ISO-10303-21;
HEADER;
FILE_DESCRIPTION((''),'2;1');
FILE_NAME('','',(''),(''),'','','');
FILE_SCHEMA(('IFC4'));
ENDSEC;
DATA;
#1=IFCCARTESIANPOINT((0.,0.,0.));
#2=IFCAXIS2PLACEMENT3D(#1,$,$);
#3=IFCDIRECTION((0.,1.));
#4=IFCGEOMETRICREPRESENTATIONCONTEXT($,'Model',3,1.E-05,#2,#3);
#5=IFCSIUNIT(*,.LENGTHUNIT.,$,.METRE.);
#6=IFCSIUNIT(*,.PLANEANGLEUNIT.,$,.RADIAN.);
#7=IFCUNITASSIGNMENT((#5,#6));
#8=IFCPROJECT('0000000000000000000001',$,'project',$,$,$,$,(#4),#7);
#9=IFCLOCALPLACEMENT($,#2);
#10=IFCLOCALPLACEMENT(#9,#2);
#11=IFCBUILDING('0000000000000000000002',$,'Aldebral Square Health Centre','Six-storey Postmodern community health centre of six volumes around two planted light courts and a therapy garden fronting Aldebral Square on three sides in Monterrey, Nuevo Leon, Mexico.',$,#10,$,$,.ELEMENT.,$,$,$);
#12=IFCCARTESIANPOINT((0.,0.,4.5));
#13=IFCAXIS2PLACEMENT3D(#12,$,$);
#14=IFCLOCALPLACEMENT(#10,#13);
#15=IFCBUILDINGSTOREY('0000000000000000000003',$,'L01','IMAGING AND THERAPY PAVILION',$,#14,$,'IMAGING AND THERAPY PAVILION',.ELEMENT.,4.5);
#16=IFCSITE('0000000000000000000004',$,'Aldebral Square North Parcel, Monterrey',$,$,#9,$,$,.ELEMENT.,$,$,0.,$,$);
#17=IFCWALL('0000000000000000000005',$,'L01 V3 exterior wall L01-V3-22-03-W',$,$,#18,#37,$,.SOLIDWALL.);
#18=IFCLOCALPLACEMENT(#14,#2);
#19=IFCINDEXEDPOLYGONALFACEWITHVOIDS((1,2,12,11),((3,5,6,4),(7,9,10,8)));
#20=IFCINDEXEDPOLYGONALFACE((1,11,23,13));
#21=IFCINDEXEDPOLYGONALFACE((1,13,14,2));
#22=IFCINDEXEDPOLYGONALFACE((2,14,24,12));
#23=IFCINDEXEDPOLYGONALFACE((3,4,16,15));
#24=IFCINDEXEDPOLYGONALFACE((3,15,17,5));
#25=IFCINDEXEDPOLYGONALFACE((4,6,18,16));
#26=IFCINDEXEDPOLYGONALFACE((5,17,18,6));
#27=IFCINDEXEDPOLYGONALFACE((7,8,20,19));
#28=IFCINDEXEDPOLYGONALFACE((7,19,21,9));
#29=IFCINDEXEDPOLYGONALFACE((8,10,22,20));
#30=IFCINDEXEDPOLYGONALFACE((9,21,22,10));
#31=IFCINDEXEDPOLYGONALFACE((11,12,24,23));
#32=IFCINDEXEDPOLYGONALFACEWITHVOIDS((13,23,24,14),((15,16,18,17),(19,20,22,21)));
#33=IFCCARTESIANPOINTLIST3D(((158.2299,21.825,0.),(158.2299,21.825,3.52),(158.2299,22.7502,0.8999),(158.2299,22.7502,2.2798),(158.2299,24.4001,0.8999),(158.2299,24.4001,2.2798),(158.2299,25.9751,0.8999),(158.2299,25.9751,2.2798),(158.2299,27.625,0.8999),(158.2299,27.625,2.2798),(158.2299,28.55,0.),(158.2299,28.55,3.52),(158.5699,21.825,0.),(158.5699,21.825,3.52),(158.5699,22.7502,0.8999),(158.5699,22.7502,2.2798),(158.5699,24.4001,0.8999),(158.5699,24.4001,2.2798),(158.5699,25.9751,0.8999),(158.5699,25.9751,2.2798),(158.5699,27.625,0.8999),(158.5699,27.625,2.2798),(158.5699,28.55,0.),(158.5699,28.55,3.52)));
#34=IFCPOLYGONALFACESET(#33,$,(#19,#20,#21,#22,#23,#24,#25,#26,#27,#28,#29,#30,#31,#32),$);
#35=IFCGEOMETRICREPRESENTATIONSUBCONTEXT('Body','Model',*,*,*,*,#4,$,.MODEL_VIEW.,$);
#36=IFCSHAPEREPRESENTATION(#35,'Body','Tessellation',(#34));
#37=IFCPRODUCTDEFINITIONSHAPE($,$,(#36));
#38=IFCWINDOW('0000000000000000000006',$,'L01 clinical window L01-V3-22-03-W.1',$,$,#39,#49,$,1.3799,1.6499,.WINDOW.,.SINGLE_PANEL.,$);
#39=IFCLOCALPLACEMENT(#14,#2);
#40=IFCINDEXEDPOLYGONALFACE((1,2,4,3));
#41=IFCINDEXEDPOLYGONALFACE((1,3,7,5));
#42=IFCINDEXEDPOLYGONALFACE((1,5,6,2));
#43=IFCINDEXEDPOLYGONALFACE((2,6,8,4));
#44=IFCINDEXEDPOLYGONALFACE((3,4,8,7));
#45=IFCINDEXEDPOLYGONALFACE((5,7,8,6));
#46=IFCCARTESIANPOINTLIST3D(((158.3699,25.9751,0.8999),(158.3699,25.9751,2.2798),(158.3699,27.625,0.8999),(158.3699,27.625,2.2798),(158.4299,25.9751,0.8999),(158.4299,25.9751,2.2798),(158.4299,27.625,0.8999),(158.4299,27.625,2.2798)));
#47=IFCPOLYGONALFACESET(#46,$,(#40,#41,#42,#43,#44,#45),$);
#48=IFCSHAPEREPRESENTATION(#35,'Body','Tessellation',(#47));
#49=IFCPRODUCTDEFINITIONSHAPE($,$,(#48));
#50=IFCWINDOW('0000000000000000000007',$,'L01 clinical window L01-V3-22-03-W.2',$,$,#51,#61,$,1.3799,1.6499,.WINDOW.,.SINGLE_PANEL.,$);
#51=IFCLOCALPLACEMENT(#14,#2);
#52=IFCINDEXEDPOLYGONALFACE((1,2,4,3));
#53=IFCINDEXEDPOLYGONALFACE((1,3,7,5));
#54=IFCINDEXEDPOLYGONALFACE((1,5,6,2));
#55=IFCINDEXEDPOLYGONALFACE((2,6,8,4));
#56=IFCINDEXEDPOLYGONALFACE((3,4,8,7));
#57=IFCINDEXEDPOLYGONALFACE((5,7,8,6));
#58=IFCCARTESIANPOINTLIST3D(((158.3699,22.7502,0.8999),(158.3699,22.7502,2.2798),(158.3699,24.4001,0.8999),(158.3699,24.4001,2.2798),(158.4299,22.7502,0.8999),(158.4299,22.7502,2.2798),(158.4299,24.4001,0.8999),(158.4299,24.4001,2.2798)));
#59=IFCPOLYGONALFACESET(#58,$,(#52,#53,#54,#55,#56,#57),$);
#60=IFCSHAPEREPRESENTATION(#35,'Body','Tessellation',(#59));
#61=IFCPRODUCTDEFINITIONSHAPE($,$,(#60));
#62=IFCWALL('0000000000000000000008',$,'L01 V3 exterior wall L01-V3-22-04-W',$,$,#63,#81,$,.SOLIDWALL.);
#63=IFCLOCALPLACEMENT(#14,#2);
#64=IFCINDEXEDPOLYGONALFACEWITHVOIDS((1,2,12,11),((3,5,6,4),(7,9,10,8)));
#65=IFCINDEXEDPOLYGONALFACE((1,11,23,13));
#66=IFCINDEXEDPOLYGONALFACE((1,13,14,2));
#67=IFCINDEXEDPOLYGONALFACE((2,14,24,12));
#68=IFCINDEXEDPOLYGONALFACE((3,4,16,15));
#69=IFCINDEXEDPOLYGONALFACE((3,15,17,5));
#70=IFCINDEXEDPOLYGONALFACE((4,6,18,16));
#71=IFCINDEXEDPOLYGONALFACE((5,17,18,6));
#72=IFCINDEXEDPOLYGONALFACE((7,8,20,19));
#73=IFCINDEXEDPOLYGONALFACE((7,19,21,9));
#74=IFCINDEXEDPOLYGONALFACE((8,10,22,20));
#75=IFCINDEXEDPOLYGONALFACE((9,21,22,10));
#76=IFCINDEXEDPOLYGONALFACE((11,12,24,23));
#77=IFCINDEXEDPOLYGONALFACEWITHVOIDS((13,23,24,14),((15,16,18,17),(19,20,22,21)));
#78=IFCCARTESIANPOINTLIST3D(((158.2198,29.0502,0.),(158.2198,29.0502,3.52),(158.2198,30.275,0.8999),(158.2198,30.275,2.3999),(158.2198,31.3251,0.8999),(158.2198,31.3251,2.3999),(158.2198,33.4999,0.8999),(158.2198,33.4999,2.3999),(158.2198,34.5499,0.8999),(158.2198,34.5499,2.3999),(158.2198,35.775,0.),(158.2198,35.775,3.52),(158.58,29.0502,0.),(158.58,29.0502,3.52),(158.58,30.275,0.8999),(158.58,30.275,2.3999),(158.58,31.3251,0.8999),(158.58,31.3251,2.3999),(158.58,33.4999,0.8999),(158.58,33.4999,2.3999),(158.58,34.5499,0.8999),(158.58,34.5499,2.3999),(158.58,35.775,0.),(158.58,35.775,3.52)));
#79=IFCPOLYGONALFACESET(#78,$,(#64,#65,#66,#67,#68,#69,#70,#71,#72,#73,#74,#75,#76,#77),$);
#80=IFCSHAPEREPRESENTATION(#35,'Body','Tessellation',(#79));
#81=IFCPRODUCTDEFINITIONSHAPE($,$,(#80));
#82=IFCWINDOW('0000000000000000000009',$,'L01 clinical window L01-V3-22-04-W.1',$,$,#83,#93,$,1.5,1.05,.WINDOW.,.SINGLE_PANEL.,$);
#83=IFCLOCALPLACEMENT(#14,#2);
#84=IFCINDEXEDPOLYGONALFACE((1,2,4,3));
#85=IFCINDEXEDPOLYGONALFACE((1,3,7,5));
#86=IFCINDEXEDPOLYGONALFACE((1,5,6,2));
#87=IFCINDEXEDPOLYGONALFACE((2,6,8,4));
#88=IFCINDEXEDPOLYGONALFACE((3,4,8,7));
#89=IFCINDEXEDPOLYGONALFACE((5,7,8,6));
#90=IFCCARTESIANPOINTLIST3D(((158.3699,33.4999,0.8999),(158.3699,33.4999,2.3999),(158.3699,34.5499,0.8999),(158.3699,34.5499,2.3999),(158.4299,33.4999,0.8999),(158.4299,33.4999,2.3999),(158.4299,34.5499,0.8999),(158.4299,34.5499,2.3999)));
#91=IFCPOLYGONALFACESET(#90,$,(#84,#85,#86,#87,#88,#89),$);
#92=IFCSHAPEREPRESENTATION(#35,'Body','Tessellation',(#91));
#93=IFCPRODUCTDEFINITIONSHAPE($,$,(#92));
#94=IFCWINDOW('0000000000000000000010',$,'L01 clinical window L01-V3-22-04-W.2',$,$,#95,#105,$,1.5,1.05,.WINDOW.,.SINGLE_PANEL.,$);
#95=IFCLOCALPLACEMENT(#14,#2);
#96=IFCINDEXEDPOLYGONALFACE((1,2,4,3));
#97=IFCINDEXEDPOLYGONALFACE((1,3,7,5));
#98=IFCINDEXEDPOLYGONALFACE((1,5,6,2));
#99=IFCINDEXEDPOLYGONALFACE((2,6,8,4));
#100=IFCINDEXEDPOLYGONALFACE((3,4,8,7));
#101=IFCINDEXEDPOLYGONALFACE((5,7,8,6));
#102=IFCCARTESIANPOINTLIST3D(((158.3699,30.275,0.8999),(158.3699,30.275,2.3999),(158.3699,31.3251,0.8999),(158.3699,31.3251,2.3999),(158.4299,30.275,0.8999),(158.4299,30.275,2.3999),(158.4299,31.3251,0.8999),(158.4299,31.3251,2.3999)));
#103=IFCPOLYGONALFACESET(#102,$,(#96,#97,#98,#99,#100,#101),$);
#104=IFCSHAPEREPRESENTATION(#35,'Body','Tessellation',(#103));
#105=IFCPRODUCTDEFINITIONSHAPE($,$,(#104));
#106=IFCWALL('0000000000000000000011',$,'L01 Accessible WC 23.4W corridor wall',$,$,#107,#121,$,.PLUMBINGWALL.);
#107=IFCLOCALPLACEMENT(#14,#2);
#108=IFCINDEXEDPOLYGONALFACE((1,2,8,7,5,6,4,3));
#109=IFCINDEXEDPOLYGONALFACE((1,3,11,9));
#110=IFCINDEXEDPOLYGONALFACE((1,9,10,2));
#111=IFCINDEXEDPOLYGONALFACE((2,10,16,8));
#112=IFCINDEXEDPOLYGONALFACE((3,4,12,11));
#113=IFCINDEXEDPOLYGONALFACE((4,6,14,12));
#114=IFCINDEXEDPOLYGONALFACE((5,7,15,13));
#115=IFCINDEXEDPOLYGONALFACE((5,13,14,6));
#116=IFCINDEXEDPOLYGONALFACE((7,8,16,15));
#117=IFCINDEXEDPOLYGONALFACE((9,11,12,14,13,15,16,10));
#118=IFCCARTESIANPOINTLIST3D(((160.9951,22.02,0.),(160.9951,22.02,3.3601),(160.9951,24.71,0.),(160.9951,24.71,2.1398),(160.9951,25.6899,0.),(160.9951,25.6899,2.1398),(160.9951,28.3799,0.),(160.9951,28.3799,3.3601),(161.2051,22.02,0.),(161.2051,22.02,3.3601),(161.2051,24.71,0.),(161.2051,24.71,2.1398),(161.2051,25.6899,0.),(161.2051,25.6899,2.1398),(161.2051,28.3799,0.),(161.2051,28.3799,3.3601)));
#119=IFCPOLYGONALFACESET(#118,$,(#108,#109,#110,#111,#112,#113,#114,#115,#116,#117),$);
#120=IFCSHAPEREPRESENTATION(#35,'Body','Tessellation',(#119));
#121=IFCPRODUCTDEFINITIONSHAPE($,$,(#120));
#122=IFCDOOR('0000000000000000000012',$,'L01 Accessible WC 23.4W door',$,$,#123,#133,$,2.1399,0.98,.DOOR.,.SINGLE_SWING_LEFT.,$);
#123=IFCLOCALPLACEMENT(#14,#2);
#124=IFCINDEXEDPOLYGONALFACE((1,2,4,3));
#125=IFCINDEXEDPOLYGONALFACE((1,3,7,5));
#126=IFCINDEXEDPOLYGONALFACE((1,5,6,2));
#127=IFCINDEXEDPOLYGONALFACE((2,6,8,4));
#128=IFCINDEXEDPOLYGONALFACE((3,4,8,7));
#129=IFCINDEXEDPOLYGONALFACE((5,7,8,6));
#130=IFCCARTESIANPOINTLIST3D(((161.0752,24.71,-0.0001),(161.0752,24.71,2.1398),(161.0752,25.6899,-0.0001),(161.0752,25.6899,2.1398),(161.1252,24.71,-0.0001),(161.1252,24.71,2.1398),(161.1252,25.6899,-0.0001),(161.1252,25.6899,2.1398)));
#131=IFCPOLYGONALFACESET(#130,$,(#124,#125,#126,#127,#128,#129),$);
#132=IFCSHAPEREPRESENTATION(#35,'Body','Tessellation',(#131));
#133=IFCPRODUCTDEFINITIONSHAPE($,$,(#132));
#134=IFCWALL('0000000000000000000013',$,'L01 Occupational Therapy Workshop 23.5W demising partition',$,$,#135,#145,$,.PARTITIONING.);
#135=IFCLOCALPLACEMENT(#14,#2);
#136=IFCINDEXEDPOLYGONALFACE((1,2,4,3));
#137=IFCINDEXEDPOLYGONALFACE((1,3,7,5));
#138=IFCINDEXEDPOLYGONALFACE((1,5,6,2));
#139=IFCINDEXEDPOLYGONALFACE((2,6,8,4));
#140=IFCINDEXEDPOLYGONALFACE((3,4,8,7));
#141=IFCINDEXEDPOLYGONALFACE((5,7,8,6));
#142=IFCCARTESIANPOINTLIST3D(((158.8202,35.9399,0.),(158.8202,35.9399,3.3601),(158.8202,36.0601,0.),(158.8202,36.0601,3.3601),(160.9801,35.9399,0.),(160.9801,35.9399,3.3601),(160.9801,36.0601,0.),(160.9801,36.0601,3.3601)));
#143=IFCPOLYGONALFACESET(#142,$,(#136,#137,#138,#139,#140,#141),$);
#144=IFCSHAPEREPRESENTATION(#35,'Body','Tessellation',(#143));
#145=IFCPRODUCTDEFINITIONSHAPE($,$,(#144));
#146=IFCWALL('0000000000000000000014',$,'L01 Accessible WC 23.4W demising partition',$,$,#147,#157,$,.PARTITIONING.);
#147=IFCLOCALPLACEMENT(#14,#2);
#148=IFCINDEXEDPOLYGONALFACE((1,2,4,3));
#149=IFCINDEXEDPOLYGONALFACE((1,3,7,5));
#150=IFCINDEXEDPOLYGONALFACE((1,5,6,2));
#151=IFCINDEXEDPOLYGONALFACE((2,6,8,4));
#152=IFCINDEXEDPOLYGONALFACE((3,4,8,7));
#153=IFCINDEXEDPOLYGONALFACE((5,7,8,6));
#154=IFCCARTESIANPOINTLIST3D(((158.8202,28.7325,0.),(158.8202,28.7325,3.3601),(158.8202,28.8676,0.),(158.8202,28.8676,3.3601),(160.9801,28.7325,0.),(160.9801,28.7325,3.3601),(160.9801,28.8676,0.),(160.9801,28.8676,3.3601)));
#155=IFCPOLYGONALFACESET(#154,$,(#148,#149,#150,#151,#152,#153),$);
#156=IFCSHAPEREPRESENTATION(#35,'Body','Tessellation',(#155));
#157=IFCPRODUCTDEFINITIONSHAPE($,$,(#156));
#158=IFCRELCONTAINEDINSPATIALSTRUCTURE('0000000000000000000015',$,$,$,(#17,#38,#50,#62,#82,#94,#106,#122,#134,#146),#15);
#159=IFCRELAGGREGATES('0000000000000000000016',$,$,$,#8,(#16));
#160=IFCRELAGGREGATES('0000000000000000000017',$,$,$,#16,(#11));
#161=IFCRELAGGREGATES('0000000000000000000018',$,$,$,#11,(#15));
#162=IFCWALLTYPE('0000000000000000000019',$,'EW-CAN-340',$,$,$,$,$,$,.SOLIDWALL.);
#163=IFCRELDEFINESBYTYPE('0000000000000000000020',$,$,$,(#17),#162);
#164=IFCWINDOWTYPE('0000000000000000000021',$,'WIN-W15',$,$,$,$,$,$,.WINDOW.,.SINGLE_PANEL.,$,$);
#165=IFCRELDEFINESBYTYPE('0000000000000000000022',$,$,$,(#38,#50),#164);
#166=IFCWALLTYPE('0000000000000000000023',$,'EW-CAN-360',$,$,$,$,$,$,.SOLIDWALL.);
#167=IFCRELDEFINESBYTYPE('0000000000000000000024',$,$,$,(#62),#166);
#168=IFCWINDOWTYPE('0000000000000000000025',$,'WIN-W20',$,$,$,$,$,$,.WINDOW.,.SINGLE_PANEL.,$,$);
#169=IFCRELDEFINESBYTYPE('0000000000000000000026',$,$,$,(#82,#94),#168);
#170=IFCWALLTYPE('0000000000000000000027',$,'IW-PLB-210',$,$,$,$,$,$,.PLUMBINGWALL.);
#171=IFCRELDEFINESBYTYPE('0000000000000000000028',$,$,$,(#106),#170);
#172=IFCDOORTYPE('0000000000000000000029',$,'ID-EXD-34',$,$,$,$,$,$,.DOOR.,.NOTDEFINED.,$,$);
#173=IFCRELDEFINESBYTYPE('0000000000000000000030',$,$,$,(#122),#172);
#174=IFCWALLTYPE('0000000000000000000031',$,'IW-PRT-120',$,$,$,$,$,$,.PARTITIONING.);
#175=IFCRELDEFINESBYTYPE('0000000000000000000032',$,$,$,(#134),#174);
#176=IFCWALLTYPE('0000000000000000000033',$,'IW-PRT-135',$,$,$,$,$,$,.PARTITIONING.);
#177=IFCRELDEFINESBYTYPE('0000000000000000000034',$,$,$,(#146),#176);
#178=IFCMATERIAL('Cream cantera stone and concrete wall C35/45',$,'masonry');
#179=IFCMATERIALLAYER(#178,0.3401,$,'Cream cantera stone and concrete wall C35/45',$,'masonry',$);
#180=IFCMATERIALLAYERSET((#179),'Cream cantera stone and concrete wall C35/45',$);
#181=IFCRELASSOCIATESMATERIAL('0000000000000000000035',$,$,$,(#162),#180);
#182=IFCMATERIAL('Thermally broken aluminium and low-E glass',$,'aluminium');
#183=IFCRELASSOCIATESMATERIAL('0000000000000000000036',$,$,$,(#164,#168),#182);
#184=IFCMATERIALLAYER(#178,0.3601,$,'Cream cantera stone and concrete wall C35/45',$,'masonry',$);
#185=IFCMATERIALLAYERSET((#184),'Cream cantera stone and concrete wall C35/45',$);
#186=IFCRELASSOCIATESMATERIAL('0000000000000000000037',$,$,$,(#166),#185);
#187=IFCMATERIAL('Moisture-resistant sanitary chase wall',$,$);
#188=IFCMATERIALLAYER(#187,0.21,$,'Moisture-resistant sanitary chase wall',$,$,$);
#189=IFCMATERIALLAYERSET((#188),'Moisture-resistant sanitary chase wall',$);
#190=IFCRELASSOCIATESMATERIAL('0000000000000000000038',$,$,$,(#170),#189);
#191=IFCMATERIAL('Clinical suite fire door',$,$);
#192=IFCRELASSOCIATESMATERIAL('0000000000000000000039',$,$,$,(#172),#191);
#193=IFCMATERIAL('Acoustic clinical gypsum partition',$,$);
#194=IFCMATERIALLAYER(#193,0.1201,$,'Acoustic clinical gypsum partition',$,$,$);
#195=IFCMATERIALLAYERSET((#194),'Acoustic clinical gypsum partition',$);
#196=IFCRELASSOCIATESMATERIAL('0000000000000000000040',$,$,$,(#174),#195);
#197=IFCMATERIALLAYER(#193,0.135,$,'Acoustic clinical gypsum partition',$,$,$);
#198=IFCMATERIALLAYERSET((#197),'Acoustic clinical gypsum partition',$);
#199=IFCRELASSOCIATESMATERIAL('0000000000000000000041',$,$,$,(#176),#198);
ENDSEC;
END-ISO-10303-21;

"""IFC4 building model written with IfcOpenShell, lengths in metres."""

from ifc_helpers import new_model, si_unit, direction, frame, frame_2d, origin, place, context, subcontext, project, spatial, rectangle, extrude, material, layer, layer_set, type_object, element, fill, save


model = new_model("IFC4")

# Units and contexts
model_context = context("Model", 3, precision=1e-05, world=origin(), true_north=direction((0.0, 1.0)))
body_context = subcontext(model_context, "Body", "Model", "MODEL_VIEW")
ifc_project = project(units=[si_unit("LENGTHUNIT", "METRE"), si_unit("PLANEANGLEUNIT", "RADIAN")], contexts=[model_context])

# Site, building, storey
site_placement = place(None, origin())
site = spatial("IfcSite", under=ifc_project, at=site_placement, Name="Aldebral Square North Parcel, Monterrey", CompositionType="ELEMENT", RefElevation=0.0)
building_placement = place(site_placement, origin())
building = spatial("IfcBuilding", under=site, at=building_placement, Name="Aldebral Square Health Centre", Description="Six-storey Postmodern community health centre of six volumes around two planted light courts and a therapy garden fronting Aldebral Square on three sides in Monterrey, Nuevo Leon, Mexico.", CompositionType="ELEMENT")
storey_placement = place(building_placement, frame((0.0, 0.0, 4.5)))
storey = spatial("IfcBuildingStorey", under=building, at=storey_placement, Name="L01", Description="IMAGING AND THERAPY PAVILION", LongName="IMAGING AND THERAPY PAVILION", CompositionType="ELEMENT", Elevation=4.5)

# Walls, openings, windows
ifc_material_1 = material(Name="Cream cantera stone and concrete wall C35/45", Category="masonry")
ifc_layer_1 = layer(ifc_material_1, 0.3401, Name="Cream cantera stone and concrete wall C35/45", Category="masonry")
ifc_layer_set_1 = layer_set([ifc_layer_1], Name="Cream cantera stone and concrete wall C35/45")
wall_type_1 = type_object("IfcWallType", Name="EW-CAN-340", PredefinedType="SOLIDWALL", material=ifc_layer_set_1)
ifc_material_2 = material(Name="Thermally broken aluminium and low-E glass", Category="aluminium")
wall_1_placement = place(storey_placement, frame((158.3999, 28.55, 0.0), z_axis=(0.0, 0.0, 1.0), x_axis=(0.0, -1.0, 0.0)))
wall_1 = element("IfcWall", 1, at=wall_1_placement, inside=storey, type_object=wall_type_1, Name="L01 V3 exterior wall L01-V3-22-03-W", PredefinedType="SOLIDWALL", context=body_context, shape_type="SweptSolid", body=[
    extrude(rectangle(XDim=6.7251, YDim=0.3401, at=frame_2d((3.3625, 0.0))), origin(), (0.0, 0.0, 1.0), 3.52),
])
opening_1_placement = place(wall_1_placement, frame((0.925, 0.0, 0.8999)))
opening_1 = element("IfcOpeningElement", 2, at=opening_1_placement, cuts=wall_1, PredefinedType="OPENING", context=body_context, shape_type="SweptSolid", body=[
    extrude(rectangle(XDim=1.6499, YDim=1.3799, at=frame_2d((0.825, 0.6899))), frame((0.0, 0.1802, 0.0), z_axis=(0.0, -1.0, 0.0), x_axis=(1.0, 0.0, 0.0)), (0.0, 0.0, 1.0), 0.3601),
])
opening_2_placement = place(wall_1_placement, frame((4.1499, 0.0, 0.8999)))
opening_2 = element("IfcOpeningElement", 3, at=opening_2_placement, cuts=wall_1, PredefinedType="OPENING", context=body_context, shape_type="SweptSolid", body=[
    extrude(rectangle(XDim=1.6499, YDim=1.3799, at=frame_2d((0.825, 0.6899))), frame((0.0, 0.1802, 0.0), z_axis=(0.0, -1.0, 0.0), x_axis=(1.0, 0.0, 0.0)), (0.0, 0.0, 1.0), 0.3601),
])
window_type_1 = type_object("IfcWindowType", Name="WIN-W15", PartitioningType="SINGLE_PANEL", PredefinedType="WINDOW", material=ifc_material_2)
window_1_placement = place(opening_1_placement, origin())
window_1 = element("IfcWindow", 4, at=window_1_placement, inside=storey, type_object=window_type_1, Name="L01 clinical window L01-V3-22-03-W.1", OverallHeight=1.3799, OverallWidth=1.6499, PartitioningType="SINGLE_PANEL", PredefinedType="WINDOW", context=body_context, shape_type="SweptSolid", body=[
    extrude(rectangle(XDim=1.6499, YDim=1.3799, at=frame_2d((0.825, 0.6899))), frame((0.0, 0.03, 0.0), z_axis=(0.0, -1.0, 0.0), x_axis=(1.0, 0.0, 0.0)), (0.0, 0.0, 1.0), 0.0601),
])
fill(opening_1, window_1)
window_2_placement = place(opening_2_placement, origin())
window_2 = element("IfcWindow", 5, at=window_2_placement, inside=storey, type_object=window_type_1, Name="L01 clinical window L01-V3-22-03-W.2", OverallHeight=1.3799, OverallWidth=1.6499, PartitioningType="SINGLE_PANEL", PredefinedType="WINDOW", context=body_context, shape_type="SweptSolid", body=[
    extrude(rectangle(XDim=1.6499, YDim=1.3799, at=frame_2d((0.825, 0.6899))), frame((0.0, 0.03, 0.0), z_axis=(0.0, -1.0, 0.0), x_axis=(1.0, 0.0, 0.0)), (0.0, 0.0, 1.0), 0.0601),
])
fill(opening_2, window_2)
ifc_layer_2 = layer(ifc_material_1, 0.3601, Name="Cream cantera stone and concrete wall C35/45", Category="masonry")
ifc_layer_set_2 = layer_set([ifc_layer_2], Name="Cream cantera stone and concrete wall C35/45")
wall_type_2 = type_object("IfcWallType", Name="EW-CAN-360", PredefinedType="SOLIDWALL", material=ifc_layer_set_2)
wall_2_placement = place(storey_placement, frame((158.3999, 35.7749, 0.0), z_axis=(0.0, 0.0, 1.0), x_axis=(0.0, -1.0, 0.0)))
wall_2 = element("IfcWall", 6, at=wall_2_placement, inside=storey, type_object=wall_type_2, Name="L01 V3 exterior wall L01-V3-22-04-W", PredefinedType="SOLIDWALL", context=body_context, shape_type="SweptSolid", body=[
    extrude(rectangle(XDim=6.7249, YDim=0.3601, at=frame_2d((3.3623, 0.0))), origin(), (0.0, 0.0, 1.0), 3.52),
])
opening_3_placement = place(wall_2_placement, frame((1.2251, 0.0, 0.8999)))
opening_3 = element("IfcOpeningElement", 7, at=opening_3_placement, cuts=wall_2, PredefinedType="OPENING", context=body_context, shape_type="SweptSolid", body=[
    extrude(rectangle(XDim=1.05, YDim=1.5, at=frame_2d((0.5249, 0.75))), frame((0.0, 0.1899, 0.0), z_axis=(0.0, -1.0, 0.0), x_axis=(1.0, 0.0, 0.0)), (0.0, 0.0, 1.0), 0.3801),
])
opening_4_placement = place(wall_2_placement, frame((4.45, 0.0, 0.8999)))
opening_4 = element("IfcOpeningElement", 8, at=opening_4_placement, cuts=wall_2, PredefinedType="OPENING", context=body_context, shape_type="SweptSolid", body=[
    extrude(rectangle(XDim=1.05, YDim=1.5, at=frame_2d((0.5249, 0.75))), frame((0.0, 0.1899, 0.0), z_axis=(0.0, -1.0, 0.0), x_axis=(1.0, 0.0, 0.0)), (0.0, 0.0, 1.0), 0.3801),
])
window_type_2 = type_object("IfcWindowType", Name="WIN-W20", PartitioningType="SINGLE_PANEL", PredefinedType="WINDOW", material=ifc_material_2)
window_3_placement = place(opening_3_placement, origin())
window_3 = element("IfcWindow", 9, at=window_3_placement, inside=storey, type_object=window_type_2, Name="L01 clinical window L01-V3-22-04-W.1", OverallHeight=1.5, OverallWidth=1.05, PartitioningType="SINGLE_PANEL", PredefinedType="WINDOW", context=body_context, shape_type="SweptSolid", body=[
    extrude(rectangle(XDim=1.05, YDim=1.5, at=frame_2d((0.5249, 0.75))), frame((0.0, 0.03, 0.0), z_axis=(0.0, -1.0, 0.0), x_axis=(1.0, 0.0, 0.0)), (0.0, 0.0, 1.0), 0.0601),
])
fill(opening_3, window_3)
window_4_placement = place(opening_4_placement, origin())
window_4 = element("IfcWindow", 10, at=window_4_placement, inside=storey, type_object=window_type_2, Name="L01 clinical window L01-V3-22-04-W.2", OverallHeight=1.5, OverallWidth=1.05, PartitioningType="SINGLE_PANEL", PredefinedType="WINDOW", context=body_context, shape_type="SweptSolid", body=[
    extrude(rectangle(XDim=1.05, YDim=1.5, at=frame_2d((0.5249, 0.75))), frame((0.0, 0.03, 0.0), z_axis=(0.0, -1.0, 0.0), x_axis=(1.0, 0.0, 0.0)), (0.0, 0.0, 1.0), 0.0601),
])
fill(opening_4, window_4)

# Wall, opening, door
ifc_material_3 = material(Name="Moisture-resistant sanitary chase wall")
ifc_layer_3 = layer(ifc_material_3, 0.21, Name="Moisture-resistant sanitary chase wall")
ifc_layer_set_3 = layer_set([ifc_layer_3], Name="Moisture-resistant sanitary chase wall")
wall_type_3 = type_object("IfcWallType", Name="IW-PLB-210", PredefinedType="PLUMBINGWALL", material=ifc_layer_set_3)
wall_3_placement = place(storey_placement, frame((161.1001, 22.02, 0.0), z_axis=(0.0, 0.0, 1.0), x_axis=(0.0, 1.0, 0.0)))
wall_3 = element("IfcWall", 11, at=wall_3_placement, inside=storey, type_object=wall_type_3, Name="L01 Accessible WC 23.4W corridor wall", PredefinedType="PLUMBINGWALL", context=body_context, shape_type="SweptSolid", body=[
    extrude(rectangle(XDim=6.3599, YDim=0.21, at=frame_2d((3.1799, 0.0))), origin(), (0.0, 0.0, 1.0), 3.3601),
])
opening_5_placement = place(wall_3_placement, frame((2.6899, 0.0, 0.0)))
opening_5 = element("IfcOpeningElement", 12, at=opening_5_placement, cuts=wall_3, PredefinedType="OPENING", context=body_context, shape_type="SweptSolid", body=[
    extrude(rectangle(XDim=0.98, YDim=2.1399, at=frame_2d((0.49, 1.0698))), frame((0.0, 0.115, 0.0), z_axis=(0.0, -1.0, 0.0), x_axis=(1.0, 0.0, 0.0)), (0.0, 0.0, 1.0), 0.23),
])
ifc_material_4 = material(Name="Clinical suite fire door")
door_type = type_object("IfcDoorType", Name="ID-EXD-34", OperationType="NOTDEFINED", PredefinedType="DOOR", material=ifc_material_4)
door_placement = place(opening_5_placement, origin())
door = element("IfcDoor", 13, at=door_placement, inside=storey, type_object=door_type, Name="L01 Accessible WC 23.4W door", OperationType="SINGLE_SWING_LEFT", OverallHeight=2.1399, OverallWidth=0.98, PredefinedType="DOOR", context=body_context, shape_type="SweptSolid", body=[
    extrude(rectangle(XDim=0.98, YDim=2.1399, at=frame_2d((0.49, 1.0698))), frame((0.0, 0.0249, 0.0), z_axis=(0.0, -1.0, 0.0), x_axis=(1.0, 0.0, 0.0)), (0.0, 0.0, 1.0), 0.05),
])
fill(opening_5, door)

# Walls
ifc_material_5 = material(Name="Acoustic clinical gypsum partition")
ifc_layer_4 = layer(ifc_material_5, 0.1201, Name="Acoustic clinical gypsum partition")
ifc_layer_set_4 = layer_set([ifc_layer_4], Name="Acoustic clinical gypsum partition")
wall_type_4 = type_object("IfcWallType", Name="IW-PRT-120", PredefinedType="PARTITIONING", material=ifc_layer_set_4)
wall_4_placement = place(storey_placement, frame((158.8201, 36.0, 0.0), z_axis=(0.0, 0.0, 1.0), x_axis=(1.0, 0.0, 0.0)))
element("IfcWall", 14, at=wall_4_placement, inside=storey, type_object=wall_type_4, Name="L01 Occupational Therapy Workshop 23.5W demising partition", PredefinedType="PARTITIONING", context=body_context, shape_type="SweptSolid", body=[
    extrude(rectangle(XDim=2.1599, YDim=0.1201, at=frame_2d((1.0801, 0.0))), origin(), (0.0, 0.0, 1.0), 3.3601),
])
ifc_layer_5 = layer(ifc_material_5, 0.135, Name="Acoustic clinical gypsum partition")
ifc_layer_set_5 = layer_set([ifc_layer_5], Name="Acoustic clinical gypsum partition")
wall_type_5 = type_object("IfcWallType", Name="IW-PRT-135", PredefinedType="PARTITIONING", material=ifc_layer_set_5)
wall_5_placement = place(storey_placement, frame((158.8201, 28.8, 0.0), z_axis=(0.0, 0.0, 1.0), x_axis=(1.0, 0.0, 0.0)))
element("IfcWall", 15, at=wall_5_placement, inside=storey, type_object=wall_type_5, Name="L01 Accessible WC 23.4W demising partition", PredefinedType="PARTITIONING", context=body_context, shape_type="SweptSolid", body=[
    extrude(rectangle(XDim=2.1599, YDim=0.135, at=frame_2d((1.0801, 0.0))), origin(), (0.0, 0.0, 1.0), 3.3601),
])

save(model, "model.ifc")
